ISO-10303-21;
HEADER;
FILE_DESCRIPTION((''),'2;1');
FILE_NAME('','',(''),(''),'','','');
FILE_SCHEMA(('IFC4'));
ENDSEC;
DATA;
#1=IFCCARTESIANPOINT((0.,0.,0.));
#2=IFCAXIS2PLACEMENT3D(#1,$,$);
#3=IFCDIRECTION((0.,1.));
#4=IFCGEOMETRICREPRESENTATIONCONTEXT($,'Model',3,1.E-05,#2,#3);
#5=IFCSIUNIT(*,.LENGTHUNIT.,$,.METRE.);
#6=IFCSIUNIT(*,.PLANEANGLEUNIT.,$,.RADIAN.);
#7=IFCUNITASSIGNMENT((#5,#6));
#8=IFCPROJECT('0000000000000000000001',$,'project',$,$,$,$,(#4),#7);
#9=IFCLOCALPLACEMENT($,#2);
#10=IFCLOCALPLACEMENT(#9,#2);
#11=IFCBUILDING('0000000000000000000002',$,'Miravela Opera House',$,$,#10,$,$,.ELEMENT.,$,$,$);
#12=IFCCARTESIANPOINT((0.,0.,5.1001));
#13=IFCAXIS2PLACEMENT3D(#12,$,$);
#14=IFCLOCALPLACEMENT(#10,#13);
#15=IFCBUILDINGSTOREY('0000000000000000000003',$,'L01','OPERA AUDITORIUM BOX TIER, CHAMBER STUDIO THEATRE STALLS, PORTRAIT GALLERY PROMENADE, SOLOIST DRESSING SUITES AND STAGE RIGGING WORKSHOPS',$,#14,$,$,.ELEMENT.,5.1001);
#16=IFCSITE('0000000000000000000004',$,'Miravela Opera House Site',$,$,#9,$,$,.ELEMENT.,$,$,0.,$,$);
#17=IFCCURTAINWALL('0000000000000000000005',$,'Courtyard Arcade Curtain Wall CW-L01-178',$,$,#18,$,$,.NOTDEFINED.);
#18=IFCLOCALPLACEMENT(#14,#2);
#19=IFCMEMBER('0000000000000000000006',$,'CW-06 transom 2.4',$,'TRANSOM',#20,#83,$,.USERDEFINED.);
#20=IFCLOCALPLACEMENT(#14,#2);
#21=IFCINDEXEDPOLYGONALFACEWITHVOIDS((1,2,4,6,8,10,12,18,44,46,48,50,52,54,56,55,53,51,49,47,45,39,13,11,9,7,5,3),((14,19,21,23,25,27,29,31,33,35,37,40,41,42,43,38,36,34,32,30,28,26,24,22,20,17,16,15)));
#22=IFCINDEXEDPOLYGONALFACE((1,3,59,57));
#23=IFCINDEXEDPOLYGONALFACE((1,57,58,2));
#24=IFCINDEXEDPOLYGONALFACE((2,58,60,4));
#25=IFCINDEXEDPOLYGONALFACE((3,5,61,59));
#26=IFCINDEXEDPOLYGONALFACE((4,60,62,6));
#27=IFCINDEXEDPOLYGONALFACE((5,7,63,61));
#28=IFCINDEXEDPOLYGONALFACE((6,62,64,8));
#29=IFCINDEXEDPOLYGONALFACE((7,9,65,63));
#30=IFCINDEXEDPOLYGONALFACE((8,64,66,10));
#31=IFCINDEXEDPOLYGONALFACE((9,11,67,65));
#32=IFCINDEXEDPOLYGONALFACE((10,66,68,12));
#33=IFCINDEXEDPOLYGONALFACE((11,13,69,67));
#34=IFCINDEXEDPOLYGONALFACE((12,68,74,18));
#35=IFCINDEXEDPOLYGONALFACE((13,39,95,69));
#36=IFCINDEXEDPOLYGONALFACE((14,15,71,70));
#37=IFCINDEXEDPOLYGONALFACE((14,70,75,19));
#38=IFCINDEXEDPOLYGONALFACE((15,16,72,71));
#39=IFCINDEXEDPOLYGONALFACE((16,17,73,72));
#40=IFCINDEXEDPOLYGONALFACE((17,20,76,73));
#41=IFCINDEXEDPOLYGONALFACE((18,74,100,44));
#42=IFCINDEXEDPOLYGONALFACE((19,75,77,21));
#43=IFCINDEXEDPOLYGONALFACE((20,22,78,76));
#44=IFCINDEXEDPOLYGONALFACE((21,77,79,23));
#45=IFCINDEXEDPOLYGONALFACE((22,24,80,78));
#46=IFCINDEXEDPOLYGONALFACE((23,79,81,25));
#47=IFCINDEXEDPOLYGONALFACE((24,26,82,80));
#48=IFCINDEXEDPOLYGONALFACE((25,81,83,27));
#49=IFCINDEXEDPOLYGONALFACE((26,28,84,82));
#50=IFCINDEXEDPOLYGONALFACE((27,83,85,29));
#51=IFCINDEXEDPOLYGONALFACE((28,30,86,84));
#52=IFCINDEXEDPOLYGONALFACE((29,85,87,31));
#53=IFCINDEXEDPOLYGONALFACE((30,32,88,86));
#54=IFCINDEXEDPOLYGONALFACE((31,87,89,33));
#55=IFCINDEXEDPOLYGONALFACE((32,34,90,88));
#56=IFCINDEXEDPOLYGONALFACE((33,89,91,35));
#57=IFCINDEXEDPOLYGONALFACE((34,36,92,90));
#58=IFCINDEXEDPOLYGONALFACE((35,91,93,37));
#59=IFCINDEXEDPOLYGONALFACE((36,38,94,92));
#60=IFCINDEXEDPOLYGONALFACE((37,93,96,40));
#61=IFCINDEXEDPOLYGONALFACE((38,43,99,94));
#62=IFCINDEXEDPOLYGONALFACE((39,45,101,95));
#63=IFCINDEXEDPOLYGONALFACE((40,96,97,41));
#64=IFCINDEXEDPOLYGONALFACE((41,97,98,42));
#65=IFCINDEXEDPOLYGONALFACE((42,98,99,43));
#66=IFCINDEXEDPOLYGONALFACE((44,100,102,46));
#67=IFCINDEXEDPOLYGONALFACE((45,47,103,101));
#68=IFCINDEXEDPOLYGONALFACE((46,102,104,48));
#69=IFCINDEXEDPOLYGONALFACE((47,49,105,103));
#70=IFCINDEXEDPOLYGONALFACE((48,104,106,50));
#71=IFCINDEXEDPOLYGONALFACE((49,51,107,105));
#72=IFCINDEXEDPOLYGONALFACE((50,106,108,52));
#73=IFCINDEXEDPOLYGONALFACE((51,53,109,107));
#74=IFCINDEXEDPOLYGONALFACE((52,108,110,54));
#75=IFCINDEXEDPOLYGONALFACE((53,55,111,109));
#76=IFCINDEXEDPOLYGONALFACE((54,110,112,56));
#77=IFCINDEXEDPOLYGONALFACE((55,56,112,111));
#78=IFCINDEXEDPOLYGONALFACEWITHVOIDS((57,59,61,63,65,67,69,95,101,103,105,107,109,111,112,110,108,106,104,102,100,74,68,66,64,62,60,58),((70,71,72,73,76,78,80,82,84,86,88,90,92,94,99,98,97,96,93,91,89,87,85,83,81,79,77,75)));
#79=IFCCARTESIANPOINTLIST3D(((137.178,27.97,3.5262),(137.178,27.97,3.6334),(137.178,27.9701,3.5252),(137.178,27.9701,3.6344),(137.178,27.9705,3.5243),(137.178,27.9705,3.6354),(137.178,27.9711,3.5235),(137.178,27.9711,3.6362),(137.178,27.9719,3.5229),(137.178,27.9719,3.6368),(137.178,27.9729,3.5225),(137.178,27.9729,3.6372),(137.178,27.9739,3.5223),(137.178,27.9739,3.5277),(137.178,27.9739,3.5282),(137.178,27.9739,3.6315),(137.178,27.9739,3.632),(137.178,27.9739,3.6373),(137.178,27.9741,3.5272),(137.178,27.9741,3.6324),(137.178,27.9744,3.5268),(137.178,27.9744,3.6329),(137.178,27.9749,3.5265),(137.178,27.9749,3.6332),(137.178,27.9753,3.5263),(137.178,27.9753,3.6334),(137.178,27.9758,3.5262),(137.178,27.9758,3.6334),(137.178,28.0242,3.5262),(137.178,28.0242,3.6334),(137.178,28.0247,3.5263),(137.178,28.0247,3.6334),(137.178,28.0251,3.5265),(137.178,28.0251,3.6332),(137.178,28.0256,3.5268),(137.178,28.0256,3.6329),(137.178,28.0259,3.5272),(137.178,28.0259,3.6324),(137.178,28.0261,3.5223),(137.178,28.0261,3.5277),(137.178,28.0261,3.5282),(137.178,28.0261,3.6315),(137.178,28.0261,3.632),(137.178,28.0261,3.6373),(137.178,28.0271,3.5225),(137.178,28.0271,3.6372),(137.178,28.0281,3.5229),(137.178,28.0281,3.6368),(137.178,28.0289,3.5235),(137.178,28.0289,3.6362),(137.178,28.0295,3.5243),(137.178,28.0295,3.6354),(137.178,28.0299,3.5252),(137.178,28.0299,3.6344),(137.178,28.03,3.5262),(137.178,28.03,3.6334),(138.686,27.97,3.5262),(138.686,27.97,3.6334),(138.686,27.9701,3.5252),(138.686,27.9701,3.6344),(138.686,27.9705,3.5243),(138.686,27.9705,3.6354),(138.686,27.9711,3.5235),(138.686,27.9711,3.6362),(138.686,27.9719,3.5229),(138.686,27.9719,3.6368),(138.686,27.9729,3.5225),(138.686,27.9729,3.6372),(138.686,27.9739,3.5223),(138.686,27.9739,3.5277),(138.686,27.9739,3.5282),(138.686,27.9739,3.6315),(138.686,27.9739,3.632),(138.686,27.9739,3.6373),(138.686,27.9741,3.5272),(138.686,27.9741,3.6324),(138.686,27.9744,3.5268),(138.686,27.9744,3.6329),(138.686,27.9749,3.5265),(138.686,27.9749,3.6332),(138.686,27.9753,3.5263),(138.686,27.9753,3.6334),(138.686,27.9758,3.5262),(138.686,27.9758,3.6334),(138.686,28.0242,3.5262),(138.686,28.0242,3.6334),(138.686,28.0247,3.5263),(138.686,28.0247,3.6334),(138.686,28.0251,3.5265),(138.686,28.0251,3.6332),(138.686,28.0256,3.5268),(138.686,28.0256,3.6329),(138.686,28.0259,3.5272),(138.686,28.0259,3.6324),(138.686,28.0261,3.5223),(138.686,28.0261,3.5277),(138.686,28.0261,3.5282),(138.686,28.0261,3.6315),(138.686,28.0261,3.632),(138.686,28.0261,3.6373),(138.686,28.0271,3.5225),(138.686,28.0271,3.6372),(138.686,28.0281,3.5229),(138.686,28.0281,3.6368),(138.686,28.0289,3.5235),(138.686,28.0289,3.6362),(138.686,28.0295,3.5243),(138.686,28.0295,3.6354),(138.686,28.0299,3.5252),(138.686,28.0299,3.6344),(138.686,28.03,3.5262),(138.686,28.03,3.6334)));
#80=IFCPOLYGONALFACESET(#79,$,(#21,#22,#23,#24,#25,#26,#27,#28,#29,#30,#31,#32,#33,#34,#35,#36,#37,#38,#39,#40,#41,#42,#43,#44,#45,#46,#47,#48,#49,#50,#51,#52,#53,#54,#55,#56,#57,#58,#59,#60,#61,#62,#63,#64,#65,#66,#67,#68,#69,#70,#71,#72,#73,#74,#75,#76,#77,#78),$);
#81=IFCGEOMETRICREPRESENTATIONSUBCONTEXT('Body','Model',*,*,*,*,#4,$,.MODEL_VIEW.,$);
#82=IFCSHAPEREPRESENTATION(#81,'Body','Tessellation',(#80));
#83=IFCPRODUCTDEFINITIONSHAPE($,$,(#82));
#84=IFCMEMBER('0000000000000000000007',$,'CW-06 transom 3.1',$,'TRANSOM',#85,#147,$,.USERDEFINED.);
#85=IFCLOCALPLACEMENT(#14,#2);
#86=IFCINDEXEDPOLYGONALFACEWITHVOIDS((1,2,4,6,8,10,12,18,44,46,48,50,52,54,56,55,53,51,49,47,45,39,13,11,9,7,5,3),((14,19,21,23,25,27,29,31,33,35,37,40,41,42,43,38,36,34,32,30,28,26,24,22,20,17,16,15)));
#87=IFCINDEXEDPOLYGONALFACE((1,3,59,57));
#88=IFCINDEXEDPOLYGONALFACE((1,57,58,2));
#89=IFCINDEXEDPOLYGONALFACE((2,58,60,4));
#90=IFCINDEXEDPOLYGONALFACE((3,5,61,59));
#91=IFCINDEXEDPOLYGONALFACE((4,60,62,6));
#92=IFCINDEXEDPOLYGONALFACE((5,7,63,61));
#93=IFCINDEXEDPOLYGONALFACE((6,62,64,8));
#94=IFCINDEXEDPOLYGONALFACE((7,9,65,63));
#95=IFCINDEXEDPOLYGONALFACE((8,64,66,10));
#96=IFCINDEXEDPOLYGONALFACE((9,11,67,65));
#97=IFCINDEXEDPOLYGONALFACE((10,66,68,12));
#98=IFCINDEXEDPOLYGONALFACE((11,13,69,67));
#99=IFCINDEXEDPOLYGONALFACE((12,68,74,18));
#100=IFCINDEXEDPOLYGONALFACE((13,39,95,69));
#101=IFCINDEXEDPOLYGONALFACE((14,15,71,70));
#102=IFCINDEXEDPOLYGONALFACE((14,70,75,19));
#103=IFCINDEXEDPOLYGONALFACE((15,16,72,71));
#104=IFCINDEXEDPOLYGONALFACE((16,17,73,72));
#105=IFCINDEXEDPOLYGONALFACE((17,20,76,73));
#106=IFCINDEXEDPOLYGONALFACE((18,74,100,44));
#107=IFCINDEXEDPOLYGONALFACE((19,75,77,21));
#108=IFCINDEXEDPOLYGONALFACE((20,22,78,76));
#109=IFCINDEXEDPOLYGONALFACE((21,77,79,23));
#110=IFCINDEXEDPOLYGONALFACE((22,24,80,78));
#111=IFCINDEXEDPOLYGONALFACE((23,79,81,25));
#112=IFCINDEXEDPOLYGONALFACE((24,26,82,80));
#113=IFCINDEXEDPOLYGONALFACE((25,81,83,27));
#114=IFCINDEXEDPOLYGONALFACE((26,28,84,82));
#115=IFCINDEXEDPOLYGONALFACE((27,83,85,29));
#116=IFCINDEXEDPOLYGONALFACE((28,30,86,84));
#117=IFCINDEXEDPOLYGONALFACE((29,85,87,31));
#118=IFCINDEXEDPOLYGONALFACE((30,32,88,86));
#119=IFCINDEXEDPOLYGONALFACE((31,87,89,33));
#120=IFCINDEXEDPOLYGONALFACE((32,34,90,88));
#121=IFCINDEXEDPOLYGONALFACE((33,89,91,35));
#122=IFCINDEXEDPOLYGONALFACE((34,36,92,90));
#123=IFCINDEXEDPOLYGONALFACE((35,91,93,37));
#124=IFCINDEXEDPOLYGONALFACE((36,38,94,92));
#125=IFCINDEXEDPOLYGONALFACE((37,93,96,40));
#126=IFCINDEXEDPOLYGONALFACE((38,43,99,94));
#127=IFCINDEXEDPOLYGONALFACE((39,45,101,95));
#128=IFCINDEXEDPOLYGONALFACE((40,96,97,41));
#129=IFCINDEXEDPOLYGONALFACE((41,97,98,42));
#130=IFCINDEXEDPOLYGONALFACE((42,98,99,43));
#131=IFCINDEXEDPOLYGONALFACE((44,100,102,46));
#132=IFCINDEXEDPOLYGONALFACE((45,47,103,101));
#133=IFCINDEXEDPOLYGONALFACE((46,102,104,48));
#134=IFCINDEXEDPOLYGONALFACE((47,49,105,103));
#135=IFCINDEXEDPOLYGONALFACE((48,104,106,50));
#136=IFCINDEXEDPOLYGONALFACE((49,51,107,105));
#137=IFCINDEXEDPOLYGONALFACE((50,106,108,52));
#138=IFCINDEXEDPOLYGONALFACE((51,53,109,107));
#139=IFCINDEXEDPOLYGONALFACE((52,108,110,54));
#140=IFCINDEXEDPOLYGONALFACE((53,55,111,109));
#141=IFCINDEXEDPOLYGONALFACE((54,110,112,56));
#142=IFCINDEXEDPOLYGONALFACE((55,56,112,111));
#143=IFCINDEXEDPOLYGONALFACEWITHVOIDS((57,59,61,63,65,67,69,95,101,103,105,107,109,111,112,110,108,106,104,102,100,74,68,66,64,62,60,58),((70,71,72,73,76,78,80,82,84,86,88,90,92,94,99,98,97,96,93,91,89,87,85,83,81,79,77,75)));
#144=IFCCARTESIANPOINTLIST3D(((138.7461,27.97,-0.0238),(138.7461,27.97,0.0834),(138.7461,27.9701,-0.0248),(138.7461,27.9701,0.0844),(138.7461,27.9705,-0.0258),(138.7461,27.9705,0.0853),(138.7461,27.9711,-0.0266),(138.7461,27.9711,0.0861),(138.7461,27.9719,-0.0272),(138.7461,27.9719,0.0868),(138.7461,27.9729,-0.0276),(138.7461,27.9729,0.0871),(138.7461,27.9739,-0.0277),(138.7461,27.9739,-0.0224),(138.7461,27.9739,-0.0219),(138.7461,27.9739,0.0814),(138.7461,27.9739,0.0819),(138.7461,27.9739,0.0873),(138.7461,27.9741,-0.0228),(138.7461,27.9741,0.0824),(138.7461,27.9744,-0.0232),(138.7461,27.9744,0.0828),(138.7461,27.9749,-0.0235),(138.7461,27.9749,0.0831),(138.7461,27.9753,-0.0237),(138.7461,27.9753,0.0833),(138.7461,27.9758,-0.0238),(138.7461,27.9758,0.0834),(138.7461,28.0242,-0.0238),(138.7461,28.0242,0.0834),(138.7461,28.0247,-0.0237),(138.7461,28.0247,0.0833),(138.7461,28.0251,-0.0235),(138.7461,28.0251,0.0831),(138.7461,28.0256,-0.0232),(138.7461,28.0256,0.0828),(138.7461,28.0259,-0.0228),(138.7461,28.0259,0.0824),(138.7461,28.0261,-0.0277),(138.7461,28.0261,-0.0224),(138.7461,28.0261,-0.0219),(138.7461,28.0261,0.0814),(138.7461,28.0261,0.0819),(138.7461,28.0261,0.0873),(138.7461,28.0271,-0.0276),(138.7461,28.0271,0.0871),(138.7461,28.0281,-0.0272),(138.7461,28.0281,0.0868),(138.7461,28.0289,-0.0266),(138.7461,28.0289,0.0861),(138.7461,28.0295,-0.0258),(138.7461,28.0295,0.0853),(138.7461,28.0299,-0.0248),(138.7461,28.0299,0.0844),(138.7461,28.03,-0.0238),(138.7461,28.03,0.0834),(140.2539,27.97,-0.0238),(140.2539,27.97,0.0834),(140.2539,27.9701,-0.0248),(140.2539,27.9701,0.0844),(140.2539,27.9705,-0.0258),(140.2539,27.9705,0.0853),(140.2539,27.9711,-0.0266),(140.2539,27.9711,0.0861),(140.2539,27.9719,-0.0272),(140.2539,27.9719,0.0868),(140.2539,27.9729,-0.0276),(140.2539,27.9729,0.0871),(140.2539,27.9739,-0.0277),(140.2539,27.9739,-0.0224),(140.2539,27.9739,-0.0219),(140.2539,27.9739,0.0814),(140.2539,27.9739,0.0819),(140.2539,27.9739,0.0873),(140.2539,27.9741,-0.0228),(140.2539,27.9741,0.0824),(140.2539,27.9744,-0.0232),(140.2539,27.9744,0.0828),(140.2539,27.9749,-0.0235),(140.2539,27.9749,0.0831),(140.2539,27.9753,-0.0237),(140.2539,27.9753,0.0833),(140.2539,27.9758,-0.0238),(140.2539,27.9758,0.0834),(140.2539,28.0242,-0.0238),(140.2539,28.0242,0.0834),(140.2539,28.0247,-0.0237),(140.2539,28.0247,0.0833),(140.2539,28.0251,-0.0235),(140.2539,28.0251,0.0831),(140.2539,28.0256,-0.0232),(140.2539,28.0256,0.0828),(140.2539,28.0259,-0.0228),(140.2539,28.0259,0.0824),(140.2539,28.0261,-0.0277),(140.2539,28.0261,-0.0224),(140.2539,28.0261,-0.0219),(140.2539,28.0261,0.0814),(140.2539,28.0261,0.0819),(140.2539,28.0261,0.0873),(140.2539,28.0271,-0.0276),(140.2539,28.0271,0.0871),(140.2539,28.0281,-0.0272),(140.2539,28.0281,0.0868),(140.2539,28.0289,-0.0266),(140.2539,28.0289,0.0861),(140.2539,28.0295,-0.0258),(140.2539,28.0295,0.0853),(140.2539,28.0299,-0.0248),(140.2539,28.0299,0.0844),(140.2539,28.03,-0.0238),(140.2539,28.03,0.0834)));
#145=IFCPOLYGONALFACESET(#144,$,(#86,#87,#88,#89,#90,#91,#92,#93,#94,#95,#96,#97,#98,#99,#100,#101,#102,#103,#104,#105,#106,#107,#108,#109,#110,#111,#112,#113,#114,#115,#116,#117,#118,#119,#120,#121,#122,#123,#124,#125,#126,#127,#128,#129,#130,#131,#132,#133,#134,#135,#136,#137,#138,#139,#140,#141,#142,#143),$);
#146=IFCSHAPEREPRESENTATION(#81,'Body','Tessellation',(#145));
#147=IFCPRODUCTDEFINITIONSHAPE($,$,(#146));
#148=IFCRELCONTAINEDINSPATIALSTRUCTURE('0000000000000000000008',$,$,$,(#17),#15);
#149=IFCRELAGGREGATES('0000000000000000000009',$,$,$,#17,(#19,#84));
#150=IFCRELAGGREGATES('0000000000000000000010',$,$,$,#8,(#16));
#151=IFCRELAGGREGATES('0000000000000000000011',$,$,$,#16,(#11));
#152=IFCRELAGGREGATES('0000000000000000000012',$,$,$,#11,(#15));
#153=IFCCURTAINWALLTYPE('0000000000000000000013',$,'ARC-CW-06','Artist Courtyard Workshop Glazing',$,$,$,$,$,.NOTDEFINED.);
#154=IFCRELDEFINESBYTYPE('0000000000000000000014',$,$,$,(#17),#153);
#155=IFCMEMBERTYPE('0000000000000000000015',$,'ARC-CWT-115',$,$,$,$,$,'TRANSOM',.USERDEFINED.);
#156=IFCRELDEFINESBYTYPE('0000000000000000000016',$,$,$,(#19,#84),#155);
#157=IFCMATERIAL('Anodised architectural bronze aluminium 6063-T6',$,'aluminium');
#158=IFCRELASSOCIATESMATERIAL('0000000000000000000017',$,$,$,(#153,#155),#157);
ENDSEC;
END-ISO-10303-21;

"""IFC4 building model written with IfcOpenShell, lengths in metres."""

from ifc_helpers import new_model, si_unit, direction, frame, origin, origin_2d, place, context, subcontext, project, spatial, hollow_rectangle, extrude, material, material_profile, profile_set, type_object, element, aggregate, save


model = new_model("IFC4")

# Units and contexts
model_context = context("Model", 3, precision=1e-05, world=origin(), true_north=direction((0.0, 1.0)))
body_context = subcontext(model_context, "Body", "Model", "MODEL_VIEW")
ifc_project = project(units=[si_unit("LENGTHUNIT", "METRE"), si_unit("PLANEANGLEUNIT", "RADIAN")], contexts=[model_context])

# Site, building, storey
site_placement = place(None, origin())
site = spatial("IfcSite", under=ifc_project, at=site_placement, Name="Miravela Opera House Site", CompositionType="ELEMENT", RefElevation=0.0)
building_placement = place(site_placement, origin())
building = spatial("IfcBuilding", under=site, at=building_placement, Name="Miravela Opera House", CompositionType="ELEMENT")
storey_placement = place(building_placement, frame((0.0, 0.0, 5.1001)))
storey = spatial("IfcBuildingStorey", under=building, at=storey_placement, Name="L01", Description="OPERA AUDITORIUM BOX TIER, CHAMBER STUDIO THEATRE STALLS, PORTRAIT GALLERY PROMENADE, SOLOIST DRESSING SUITES AND STAGE RIGGING WORKSHOPS", CompositionType="ELEMENT", Elevation=5.1001)

# Curtain wall, members
ifc_material_1 = material(Name="Anodised architectural bronze aluminium 6063-T6", Category="aluminium")
curtain_wall_type = type_object("IfcCurtainWallType", Name="ARC-CW-06", Description="Artist Courtyard Workshop Glazing", PredefinedType="NOTDEFINED", material=ifc_material_1)
curtain_wall_placement = place(storey_placement, origin())
curtain_wall = element("IfcCurtainWall", 1, at=curtain_wall_placement, inside=storey, type_object=curtain_wall_type, Name="Courtyard Arcade Curtain Wall CW-L01-178", PredefinedType="NOTDEFINED")
ifc_material_profile_1 = material_profile(ifc_material_1, hollow_rectangle(XDim=0.0601, YDim=0.115, WallThickness=0.0039, InnerFilletRadius=0.002, OuterFilletRadius=0.0039, at=origin_2d()), Name="CWT-60X115")
ifc_profile_set_1 = profile_set([ifc_material_profile_1])
member_type_1 = type_object("IfcMemberType", Name="ARC-CWT-115", ElementType="TRANSOM", PredefinedType="USERDEFINED", material=ifc_profile_set_1)
member_1_placement = place(storey_placement, frame((137.178, 28.0, 3.5798), z_axis=(1.0, 0.0, 0.0), x_axis=(0.0, 1.0, 0.0)))
member_1 = element("IfcMember", 2, at=member_1_placement, type_object=member_type_1, Name="CW-06 transom 2.4", ObjectType="TRANSOM", PredefinedType="USERDEFINED", context=body_context, shape_type="SweptSolid", body=[
    extrude(hollow_rectangle(XDim=0.0601, YDim=0.115, WallThickness=0.0039, InnerFilletRadius=0.002, OuterFilletRadius=0.0039, at=origin_2d()), origin(), (0.0, 0.0, 1.0), 1.5081),
])
member_2_placement = place(storey_placement, frame((138.7461, 28.0, 0.0298), z_axis=(1.0, 0.0, 0.0), x_axis=(0.0, 1.0, 0.0)))
member_2 = element("IfcMember", 3, at=member_2_placement, type_object=member_type_1, Name="CW-06 transom 3.1", ObjectType="TRANSOM", PredefinedType="USERDEFINED", context=body_context, shape_type="SweptSolid", body=[
    extrude(hollow_rectangle(XDim=0.0601, YDim=0.115, WallThickness=0.0039, InnerFilletRadius=0.002, OuterFilletRadius=0.0039, at=origin_2d()), origin(), (0.0, 0.0, 1.0), 1.5078),
])

aggregate(curtain_wall, [member_1, member_2])

save(model, "model.ifc")
